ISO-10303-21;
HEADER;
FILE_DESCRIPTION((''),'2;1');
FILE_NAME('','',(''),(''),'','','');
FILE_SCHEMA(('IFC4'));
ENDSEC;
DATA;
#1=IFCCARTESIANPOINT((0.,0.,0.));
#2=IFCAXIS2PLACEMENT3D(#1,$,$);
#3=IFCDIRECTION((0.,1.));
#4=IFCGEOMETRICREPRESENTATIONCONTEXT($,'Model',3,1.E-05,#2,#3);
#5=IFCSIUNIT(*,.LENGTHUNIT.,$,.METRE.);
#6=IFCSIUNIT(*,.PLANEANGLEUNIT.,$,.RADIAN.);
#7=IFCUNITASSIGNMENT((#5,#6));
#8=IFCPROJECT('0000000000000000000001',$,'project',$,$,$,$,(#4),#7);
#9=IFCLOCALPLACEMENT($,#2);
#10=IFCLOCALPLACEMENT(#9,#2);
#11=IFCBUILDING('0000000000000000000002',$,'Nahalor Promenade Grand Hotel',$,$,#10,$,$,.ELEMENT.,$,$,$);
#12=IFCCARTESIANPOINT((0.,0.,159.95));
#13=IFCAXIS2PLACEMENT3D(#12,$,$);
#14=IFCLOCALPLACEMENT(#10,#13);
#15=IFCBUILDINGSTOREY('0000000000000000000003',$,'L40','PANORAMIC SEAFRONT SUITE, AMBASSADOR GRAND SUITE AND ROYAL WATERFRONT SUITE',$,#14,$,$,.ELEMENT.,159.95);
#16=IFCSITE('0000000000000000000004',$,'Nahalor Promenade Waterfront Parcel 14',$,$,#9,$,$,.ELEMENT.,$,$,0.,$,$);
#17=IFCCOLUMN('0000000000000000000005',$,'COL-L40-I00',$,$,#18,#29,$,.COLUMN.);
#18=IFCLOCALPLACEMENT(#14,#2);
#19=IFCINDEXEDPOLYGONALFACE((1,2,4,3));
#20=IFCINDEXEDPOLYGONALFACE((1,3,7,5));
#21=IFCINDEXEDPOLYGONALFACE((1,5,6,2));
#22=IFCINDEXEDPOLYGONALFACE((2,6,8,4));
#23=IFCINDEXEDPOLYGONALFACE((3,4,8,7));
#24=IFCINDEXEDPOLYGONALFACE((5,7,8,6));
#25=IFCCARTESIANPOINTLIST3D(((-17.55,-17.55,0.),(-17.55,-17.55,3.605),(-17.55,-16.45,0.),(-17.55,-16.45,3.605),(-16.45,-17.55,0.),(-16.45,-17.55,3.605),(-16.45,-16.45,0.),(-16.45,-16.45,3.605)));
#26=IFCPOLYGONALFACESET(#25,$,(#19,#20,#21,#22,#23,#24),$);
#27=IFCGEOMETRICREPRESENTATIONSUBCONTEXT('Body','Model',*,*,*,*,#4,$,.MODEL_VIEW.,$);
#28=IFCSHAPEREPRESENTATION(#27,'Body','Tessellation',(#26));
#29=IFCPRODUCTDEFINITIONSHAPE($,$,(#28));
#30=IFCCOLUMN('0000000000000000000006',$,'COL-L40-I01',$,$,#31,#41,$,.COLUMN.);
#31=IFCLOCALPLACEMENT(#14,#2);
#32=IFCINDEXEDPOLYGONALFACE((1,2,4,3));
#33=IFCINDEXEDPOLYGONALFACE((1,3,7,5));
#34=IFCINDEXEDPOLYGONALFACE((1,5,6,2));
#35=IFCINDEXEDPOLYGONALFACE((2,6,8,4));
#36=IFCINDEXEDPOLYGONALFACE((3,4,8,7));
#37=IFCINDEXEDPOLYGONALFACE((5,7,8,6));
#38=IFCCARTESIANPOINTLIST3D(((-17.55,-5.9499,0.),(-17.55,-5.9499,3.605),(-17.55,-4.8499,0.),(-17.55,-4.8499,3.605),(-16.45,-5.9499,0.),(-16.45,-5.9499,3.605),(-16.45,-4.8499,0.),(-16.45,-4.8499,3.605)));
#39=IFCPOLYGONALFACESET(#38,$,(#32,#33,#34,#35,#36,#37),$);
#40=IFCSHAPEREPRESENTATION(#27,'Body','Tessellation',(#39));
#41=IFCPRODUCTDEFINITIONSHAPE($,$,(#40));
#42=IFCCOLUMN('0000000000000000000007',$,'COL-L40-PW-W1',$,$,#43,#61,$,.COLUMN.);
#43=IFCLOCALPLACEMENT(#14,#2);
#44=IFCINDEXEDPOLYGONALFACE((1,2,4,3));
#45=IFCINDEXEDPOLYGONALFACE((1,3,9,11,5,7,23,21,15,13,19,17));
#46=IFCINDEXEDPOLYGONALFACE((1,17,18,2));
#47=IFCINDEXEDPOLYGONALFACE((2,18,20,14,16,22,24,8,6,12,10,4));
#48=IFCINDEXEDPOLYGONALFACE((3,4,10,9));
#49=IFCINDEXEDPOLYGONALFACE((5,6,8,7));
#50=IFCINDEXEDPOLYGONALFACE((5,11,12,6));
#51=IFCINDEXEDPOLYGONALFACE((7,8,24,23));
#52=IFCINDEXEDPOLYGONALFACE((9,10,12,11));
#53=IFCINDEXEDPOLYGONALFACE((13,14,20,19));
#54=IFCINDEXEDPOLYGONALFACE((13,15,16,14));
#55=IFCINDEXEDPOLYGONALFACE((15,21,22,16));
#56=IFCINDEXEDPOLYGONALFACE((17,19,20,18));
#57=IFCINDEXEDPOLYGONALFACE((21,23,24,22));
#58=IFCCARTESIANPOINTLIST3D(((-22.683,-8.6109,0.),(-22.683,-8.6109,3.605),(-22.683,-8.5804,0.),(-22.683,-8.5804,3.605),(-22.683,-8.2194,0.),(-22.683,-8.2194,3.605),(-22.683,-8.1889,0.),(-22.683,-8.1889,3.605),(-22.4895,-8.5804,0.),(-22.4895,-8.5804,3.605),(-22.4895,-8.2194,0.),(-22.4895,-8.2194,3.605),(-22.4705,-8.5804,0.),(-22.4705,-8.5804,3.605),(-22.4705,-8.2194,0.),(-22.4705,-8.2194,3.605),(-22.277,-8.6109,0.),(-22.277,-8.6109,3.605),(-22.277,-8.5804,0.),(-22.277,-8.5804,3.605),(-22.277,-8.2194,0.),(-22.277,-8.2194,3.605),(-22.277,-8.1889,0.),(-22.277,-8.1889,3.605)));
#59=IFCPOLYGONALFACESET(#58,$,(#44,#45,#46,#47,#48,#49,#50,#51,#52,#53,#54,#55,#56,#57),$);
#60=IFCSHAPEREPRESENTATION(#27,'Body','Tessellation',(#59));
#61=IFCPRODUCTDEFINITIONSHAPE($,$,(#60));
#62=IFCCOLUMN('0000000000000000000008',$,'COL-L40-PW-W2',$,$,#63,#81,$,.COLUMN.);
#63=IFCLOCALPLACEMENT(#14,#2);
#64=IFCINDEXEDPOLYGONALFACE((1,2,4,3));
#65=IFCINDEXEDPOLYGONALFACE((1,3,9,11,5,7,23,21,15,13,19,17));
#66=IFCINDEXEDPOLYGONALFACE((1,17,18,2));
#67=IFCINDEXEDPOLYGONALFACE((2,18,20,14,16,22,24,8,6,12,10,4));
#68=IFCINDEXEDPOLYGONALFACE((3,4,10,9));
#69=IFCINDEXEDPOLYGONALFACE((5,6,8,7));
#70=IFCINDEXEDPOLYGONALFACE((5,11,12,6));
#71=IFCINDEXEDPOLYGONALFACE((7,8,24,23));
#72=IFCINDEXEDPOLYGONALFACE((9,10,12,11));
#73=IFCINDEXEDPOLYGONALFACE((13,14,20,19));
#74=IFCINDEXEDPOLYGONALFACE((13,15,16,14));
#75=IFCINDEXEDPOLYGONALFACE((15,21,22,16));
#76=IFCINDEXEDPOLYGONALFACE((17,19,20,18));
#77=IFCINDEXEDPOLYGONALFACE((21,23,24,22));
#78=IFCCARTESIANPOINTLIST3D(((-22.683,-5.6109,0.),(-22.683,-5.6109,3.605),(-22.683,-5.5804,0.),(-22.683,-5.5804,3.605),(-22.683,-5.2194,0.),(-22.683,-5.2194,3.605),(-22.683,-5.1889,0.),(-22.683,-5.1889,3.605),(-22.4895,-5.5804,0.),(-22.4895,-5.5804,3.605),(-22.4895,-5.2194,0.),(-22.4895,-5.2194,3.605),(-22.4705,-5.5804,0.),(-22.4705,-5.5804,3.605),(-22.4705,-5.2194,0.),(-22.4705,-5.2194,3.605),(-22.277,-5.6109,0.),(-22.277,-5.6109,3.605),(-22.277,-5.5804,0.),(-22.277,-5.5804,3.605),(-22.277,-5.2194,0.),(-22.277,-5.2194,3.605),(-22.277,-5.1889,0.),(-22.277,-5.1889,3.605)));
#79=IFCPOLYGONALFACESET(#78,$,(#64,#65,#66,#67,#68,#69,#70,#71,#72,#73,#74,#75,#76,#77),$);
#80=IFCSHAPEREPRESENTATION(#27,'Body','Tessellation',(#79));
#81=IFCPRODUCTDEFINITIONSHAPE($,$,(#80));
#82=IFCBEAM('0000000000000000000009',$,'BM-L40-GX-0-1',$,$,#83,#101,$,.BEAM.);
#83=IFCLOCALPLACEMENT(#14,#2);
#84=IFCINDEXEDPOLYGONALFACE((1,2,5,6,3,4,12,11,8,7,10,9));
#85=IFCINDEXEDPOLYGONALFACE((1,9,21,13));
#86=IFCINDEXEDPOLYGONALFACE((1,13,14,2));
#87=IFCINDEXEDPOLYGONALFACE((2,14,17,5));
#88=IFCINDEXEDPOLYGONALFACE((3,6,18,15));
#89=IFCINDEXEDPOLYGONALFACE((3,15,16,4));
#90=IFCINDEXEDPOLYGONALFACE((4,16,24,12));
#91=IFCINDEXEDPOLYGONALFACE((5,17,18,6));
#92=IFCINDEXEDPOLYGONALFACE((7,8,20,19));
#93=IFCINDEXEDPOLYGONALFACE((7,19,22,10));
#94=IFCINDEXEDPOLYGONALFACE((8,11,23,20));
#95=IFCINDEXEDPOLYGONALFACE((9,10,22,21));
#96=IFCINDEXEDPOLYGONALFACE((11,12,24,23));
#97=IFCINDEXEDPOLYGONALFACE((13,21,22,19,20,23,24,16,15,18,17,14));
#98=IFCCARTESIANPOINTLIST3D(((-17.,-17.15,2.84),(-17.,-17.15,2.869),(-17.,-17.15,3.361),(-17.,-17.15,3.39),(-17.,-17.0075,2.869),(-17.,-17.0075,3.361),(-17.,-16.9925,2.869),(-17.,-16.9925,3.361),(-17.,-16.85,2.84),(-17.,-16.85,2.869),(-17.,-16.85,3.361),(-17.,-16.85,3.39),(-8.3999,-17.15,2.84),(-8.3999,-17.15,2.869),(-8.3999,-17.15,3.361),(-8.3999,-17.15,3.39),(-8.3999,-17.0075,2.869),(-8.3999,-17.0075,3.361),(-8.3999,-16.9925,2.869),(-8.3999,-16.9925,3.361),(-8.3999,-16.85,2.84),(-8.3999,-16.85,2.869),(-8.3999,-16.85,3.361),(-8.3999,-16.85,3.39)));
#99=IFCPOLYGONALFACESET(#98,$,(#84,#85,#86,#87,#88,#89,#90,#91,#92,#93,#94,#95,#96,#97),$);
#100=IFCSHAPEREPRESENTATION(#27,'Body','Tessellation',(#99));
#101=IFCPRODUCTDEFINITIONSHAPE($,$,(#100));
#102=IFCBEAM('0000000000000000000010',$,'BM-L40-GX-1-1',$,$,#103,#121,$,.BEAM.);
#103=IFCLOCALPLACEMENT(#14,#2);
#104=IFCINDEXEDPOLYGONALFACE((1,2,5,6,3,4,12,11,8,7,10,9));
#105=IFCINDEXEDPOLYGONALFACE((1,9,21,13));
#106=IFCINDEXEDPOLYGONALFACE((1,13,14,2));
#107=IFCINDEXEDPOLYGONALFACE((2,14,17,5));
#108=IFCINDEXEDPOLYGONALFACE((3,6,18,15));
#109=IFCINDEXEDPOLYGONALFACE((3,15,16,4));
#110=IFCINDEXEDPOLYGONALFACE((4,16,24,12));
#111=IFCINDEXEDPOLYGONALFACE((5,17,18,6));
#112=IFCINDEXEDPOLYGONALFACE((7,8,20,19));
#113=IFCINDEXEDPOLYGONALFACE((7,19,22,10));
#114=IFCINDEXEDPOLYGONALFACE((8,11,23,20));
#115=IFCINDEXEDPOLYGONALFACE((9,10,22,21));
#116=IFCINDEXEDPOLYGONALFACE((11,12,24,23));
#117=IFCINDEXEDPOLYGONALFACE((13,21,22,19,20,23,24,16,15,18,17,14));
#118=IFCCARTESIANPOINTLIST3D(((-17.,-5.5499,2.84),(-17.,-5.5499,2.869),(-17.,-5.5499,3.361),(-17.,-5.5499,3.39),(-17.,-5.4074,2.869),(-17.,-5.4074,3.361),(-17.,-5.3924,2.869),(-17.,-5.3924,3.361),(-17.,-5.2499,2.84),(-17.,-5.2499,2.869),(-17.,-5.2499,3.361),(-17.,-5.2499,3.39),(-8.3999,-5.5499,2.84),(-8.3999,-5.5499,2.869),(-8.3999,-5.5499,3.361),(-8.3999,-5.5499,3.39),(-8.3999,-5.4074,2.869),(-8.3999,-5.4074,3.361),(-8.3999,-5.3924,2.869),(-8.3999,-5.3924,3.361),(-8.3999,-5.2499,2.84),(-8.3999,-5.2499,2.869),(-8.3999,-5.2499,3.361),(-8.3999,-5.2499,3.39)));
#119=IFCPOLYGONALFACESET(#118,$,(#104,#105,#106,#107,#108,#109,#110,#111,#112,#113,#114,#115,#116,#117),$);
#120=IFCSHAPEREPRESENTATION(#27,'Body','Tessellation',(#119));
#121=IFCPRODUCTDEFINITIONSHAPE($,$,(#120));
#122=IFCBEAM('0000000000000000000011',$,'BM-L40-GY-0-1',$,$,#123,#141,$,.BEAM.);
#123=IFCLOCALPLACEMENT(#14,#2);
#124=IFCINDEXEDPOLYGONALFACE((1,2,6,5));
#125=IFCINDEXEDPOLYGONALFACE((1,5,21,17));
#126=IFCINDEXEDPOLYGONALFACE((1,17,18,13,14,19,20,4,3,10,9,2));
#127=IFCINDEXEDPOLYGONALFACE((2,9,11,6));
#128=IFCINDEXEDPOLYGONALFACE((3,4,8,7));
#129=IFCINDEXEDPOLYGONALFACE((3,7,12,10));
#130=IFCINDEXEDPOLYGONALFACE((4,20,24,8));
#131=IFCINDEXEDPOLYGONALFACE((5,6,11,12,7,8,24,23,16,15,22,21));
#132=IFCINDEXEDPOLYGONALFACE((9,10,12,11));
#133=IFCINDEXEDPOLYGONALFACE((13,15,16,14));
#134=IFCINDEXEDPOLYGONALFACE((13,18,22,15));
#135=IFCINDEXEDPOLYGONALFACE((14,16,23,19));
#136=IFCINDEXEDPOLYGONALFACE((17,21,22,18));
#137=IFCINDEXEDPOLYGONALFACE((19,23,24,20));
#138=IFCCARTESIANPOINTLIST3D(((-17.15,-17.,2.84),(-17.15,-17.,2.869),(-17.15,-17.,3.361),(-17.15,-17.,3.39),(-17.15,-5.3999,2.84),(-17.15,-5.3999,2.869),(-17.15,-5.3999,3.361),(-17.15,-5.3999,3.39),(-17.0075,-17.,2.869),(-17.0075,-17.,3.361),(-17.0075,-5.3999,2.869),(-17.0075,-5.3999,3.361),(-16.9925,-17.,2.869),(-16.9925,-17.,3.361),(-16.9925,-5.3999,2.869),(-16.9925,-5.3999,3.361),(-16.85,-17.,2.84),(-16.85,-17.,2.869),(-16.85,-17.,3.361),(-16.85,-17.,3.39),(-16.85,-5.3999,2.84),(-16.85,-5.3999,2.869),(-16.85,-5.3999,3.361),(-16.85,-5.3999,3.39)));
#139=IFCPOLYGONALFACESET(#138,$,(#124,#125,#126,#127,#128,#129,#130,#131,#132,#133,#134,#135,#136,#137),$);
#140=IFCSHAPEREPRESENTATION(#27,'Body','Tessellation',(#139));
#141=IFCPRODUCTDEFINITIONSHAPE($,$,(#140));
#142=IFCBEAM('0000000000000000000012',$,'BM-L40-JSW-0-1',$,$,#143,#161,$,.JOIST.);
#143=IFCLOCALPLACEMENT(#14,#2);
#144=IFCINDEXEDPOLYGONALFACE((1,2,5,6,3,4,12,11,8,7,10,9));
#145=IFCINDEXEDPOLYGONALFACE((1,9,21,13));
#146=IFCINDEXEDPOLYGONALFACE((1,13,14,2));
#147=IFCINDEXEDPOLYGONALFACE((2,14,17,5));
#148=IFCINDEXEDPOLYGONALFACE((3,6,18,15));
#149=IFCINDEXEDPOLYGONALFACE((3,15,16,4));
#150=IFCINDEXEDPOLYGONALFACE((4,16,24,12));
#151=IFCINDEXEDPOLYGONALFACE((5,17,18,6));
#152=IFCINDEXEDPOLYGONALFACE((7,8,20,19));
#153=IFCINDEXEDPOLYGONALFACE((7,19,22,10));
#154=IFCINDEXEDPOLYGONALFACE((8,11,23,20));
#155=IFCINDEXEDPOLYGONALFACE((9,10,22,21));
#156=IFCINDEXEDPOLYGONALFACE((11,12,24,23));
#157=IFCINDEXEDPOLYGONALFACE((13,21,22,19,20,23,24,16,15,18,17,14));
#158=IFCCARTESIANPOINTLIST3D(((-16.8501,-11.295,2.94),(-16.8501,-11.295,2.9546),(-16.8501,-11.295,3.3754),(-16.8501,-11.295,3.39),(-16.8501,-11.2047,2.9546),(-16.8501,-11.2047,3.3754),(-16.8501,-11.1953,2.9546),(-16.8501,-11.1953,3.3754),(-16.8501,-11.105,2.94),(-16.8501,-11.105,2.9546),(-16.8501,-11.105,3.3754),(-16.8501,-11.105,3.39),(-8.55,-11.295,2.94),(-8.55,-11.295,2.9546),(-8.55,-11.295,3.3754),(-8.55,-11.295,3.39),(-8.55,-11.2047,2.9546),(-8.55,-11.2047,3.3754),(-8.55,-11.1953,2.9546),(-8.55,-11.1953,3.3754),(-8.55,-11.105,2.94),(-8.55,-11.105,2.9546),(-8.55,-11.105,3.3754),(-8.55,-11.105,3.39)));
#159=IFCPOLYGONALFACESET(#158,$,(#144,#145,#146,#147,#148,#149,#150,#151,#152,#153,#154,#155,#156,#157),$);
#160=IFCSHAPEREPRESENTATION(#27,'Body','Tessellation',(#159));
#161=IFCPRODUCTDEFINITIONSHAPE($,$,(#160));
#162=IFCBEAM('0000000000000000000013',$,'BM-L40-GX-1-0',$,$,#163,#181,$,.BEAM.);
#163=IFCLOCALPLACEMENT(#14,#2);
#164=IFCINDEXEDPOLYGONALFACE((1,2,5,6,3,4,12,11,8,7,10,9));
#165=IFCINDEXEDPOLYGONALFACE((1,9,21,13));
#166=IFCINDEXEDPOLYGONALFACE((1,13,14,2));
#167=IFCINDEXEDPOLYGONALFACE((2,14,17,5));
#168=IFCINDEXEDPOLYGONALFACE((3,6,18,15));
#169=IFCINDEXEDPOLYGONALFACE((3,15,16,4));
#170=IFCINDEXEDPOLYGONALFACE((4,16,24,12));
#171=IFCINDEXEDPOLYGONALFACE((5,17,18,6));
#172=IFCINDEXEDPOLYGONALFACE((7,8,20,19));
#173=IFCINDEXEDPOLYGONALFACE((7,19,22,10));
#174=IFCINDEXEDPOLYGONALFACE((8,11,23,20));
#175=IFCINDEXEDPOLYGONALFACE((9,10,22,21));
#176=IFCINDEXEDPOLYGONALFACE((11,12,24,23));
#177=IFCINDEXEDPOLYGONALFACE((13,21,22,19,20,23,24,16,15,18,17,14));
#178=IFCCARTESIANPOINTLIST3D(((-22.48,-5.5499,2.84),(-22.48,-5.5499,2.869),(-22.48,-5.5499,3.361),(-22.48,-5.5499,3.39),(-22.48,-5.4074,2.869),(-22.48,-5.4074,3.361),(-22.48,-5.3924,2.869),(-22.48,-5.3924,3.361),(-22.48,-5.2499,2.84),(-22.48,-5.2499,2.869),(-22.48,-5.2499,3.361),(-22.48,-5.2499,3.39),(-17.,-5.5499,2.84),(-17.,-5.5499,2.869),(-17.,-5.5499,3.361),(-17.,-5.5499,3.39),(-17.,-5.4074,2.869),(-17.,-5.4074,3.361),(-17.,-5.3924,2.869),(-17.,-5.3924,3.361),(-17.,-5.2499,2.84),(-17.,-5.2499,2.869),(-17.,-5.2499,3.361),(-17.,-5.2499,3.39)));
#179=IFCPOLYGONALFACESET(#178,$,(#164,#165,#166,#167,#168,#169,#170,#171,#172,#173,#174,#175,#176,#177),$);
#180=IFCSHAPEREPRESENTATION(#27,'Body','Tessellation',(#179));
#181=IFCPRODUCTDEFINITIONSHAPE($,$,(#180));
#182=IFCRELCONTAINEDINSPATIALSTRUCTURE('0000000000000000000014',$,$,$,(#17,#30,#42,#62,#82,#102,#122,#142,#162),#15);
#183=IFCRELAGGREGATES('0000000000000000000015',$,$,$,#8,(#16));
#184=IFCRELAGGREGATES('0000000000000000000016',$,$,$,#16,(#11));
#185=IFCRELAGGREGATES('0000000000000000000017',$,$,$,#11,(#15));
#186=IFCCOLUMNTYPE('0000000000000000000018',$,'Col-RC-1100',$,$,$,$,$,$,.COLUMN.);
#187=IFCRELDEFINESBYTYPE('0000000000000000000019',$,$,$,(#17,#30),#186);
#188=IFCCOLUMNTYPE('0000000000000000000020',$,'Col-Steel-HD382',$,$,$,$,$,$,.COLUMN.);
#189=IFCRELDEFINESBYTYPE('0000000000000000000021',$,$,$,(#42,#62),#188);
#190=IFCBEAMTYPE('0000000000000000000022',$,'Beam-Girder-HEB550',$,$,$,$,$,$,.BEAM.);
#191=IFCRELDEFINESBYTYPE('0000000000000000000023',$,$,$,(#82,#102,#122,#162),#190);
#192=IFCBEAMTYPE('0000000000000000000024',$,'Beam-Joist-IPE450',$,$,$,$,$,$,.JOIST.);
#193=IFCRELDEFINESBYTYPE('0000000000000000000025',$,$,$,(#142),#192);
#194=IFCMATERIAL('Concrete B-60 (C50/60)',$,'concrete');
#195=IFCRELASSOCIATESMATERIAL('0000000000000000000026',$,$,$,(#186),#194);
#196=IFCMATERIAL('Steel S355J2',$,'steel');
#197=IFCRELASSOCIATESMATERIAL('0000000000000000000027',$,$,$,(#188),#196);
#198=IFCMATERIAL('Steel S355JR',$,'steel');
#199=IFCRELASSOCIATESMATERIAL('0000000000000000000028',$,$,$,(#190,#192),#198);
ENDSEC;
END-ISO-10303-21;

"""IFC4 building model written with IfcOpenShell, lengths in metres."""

from ifc_helpers import new_model, si_unit, direction, frame, origin, origin_2d, place, context, subcontext, project, spatial, rectangle, i_section, extrude, source, transform, mapped, material, material_profile, profile_set, type_object, element, save


model = new_model("IFC4")

# Units and contexts
model_context = context("Model", 3, precision=1e-05, world=origin(), true_north=direction((0.0, 1.0)))
body_context = subcontext(model_context, "Body", "Model", "MODEL_VIEW")
ifc_project = project(units=[si_unit("LENGTHUNIT", "METRE"), si_unit("PLANEANGLEUNIT", "RADIAN")], contexts=[model_context])

# Site, building, storey
site_placement = place(None, origin())
site = spatial("IfcSite", under=ifc_project, at=site_placement, Name="Nahalor Promenade Waterfront Parcel 14", CompositionType="ELEMENT", RefElevation=0.0)
building_placement = place(site_placement, origin())
building = spatial("IfcBuilding", under=site, at=building_placement, Name="Nahalor Promenade Grand Hotel", CompositionType="ELEMENT")
storey_placement = place(building_placement, frame((0.0, 0.0, 159.95)))
storey = spatial("IfcBuildingStorey", under=building, at=storey_placement, Name="L40", Description="PANORAMIC SEAFRONT SUITE, AMBASSADOR GRAND SUITE AND ROYAL WATERFRONT SUITE", CompositionType="ELEMENT", Elevation=159.95)

# Columns
ifc_material_1 = material(Name="Concrete B-60 (C50/60)", Category="concrete")
ifc_material_profile_1 = material_profile(ifc_material_1, rectangle(XDim=1.1, YDim=1.1, at=origin_2d()), Name="RC 1100x1100")
ifc_profile_set_1 = profile_set([ifc_material_profile_1], Name="Concrete B-60 (C50/60)")
column_type_1 = type_object("IfcColumnType", Name="Col-RC-1100", PredefinedType="COLUMN", material=ifc_profile_set_1)
shared_shape_1 = source(origin(), body_context, "Body", "SweptSolid", [
    extrude(rectangle(XDim=1.1, YDim=1.1, at=origin_2d()), origin(), (0.0, 0.0, 1.0), 3.605),
])
for number, where, z_axis, x_axis, name in (
    (1, (-17.0, -17.0, 0.0), (0.0, 0.0, 1.0), (1.0, 0.0, 0.0), "COL-L40-I00"),
    (2, (-17.0, -5.3999, 0.0), (0.0, 0.0, 1.0), (1.0, 0.0, 0.0), "COL-L40-I01"),
):
    element("IfcColumn", number, at=place(storey_placement, frame(where, z_axis=z_axis, x_axis=x_axis)), inside=storey, type_object=column_type_1, Name=name, PredefinedType="COLUMN", context=body_context, shape_type="MappedRepresentation", body=[
        mapped(shared_shape_1, transform((0.0, 0.0, 0.0), scale=1.0)),
    ])
ifc_material_2 = material(Name="Steel S355J2", Category="steel")
ifc_material_profile_2 = material_profile(ifc_material_2, i_section(OverallWidth=0.406, OverallDepth=0.422, WebThickness=0.019, FlangeThickness=0.0305, at=origin_2d()), Name="HD 400x382")
ifc_profile_set_2 = profile_set([ifc_material_profile_2], Name="Steel S355J2")
column_type_2 = type_object("IfcColumnType", Name="Col-Steel-HD382", PredefinedType="COLUMN", material=ifc_profile_set_2)
shared_shape_2 = source(origin(), body_context, "Body", "SweptSolid", [
    extrude(i_section(OverallWidth=0.406, OverallDepth=0.422, WebThickness=0.019, FlangeThickness=0.0305, at=origin_2d()), origin(), (0.0, 0.0, 1.0), 3.605),
])
for number, where, z_axis, x_axis, name in (
    (3, (-22.48, -8.3999, 0.0), (0.0, 0.0, 1.0), (1.0, 0.0, 0.0), "COL-L40-PW-W1"),
    (4, (-22.48, -5.3999, 0.0), (0.0, 0.0, 1.0), (1.0, 0.0, 0.0), "COL-L40-PW-W2"),
):
    element("IfcColumn", number, at=place(storey_placement, frame(where, z_axis=z_axis, x_axis=x_axis)), inside=storey, type_object=column_type_2, Name=name, PredefinedType="COLUMN", context=body_context, shape_type="MappedRepresentation", body=[
        mapped(shared_shape_2, transform((0.0, 0.0, 0.0), scale=1.0)),
    ])

# Beams
ifc_material_3 = material(Name="Steel S355JR", Category="steel")
ifc_material_profile_3 = material_profile(ifc_material_3, i_section(OverallWidth=0.3, OverallDepth=0.55, WebThickness=0.015, FlangeThickness=0.029, at=origin_2d()), Name="HEB 550")
ifc_profile_set_3 = profile_set([ifc_material_profile_3], Name="Steel S355JR")
beam_type_1 = type_object("IfcBeamType", Name="Beam-Girder-HEB550", PredefinedType="BEAM", material=ifc_profile_set_3)
shared_shape_3 = source(origin(), body_context, "Body", "SweptSolid", [
    extrude(i_section(OverallWidth=0.3, OverallDepth=0.55, WebThickness=0.015, FlangeThickness=0.029, at=origin_2d()), origin(), (0.0, 0.0, 1.0), 8.6001),
])
for number, where, z_axis, x_axis, name in (
    (5, (-17.0, -17.0, 3.115), (1.0, 0.0, 0.0), (0.0, 1.0, 0.0), "BM-L40-GX-0-1"),
    (6, (-17.0, -5.3999, 3.115), (1.0, 0.0, 0.0), (0.0, 1.0, 0.0), "BM-L40-GX-1-1"),
):
    element("IfcBeam", number, at=place(storey_placement, frame(where, z_axis=z_axis, x_axis=x_axis)), inside=storey, type_object=beam_type_1, Name=name, PredefinedType="BEAM", context=body_context, shape_type="MappedRepresentation", body=[
        mapped(shared_shape_3, transform((0.0, 0.0, 0.0), scale=1.0)),
    ])
shared_shape_4 = source(origin(), body_context, "Body", "SweptSolid", [
    extrude(i_section(OverallWidth=0.3, OverallDepth=0.55, WebThickness=0.015, FlangeThickness=0.029, at=origin_2d()), origin(), (0.0, 0.0, 1.0), 11.6001),
])
beam_1_placement = place(storey_placement, frame((-17.0, -17.0, 3.115), z_axis=(0.0, 1.0, 0.0), x_axis=(-1.0, 0.0, 0.0)))
element("IfcBeam", 7, at=beam_1_placement, inside=storey, type_object=beam_type_1, Name="BM-L40-GY-0-1", PredefinedType="BEAM", context=body_context, shape_type="MappedRepresentation", body=[
    mapped(shared_shape_4, transform((0.0, 0.0, 0.0), scale=1.0)),
])
ifc_material_profile_4 = material_profile(ifc_material_3, i_section(OverallWidth=0.19, OverallDepth=0.45, WebThickness=0.0094, FlangeThickness=0.0146, at=origin_2d()), Name="IPE 450")
ifc_profile_set_4 = profile_set([ifc_material_profile_4], Name="Steel S355JR")
beam_type_2 = type_object("IfcBeamType", Name="Beam-Joist-IPE450", PredefinedType="JOIST", material=ifc_profile_set_4)
shared_shape_5 = source(origin(), body_context, "Body", "SweptSolid", [
    extrude(i_section(OverallWidth=0.19, OverallDepth=0.45, WebThickness=0.0094, FlangeThickness=0.0146, at=origin_2d()), origin(), (0.0, 0.0, 1.0), 8.3),
])
beam_2_placement = place(storey_placement, frame((-16.8501, -11.2, 3.165), z_axis=(1.0, 0.0, 0.0), x_axis=(0.0, 1.0, 0.0)))
element("IfcBeam", 8, at=beam_2_placement, inside=storey, type_object=beam_type_2, Name="BM-L40-JSW-0-1", PredefinedType="JOIST", context=body_context, shape_type="MappedRepresentation", body=[
    mapped(shared_shape_5, transform((0.0, 0.0, 0.0), scale=1.0)),
])
shared_shape_6 = source(origin(), body_context, "Body", "SweptSolid", [
    extrude(i_section(OverallWidth=0.3, OverallDepth=0.55, WebThickness=0.015, FlangeThickness=0.029, at=origin_2d()), origin(), (0.0, 0.0, 1.0), 5.48),
])
beam_3_placement = place(storey_placement, frame((-22.48, -5.3999, 3.115), z_axis=(1.0, 0.0, 0.0), x_axis=(0.0, 1.0, 0.0)))
element("IfcBeam", 9, at=beam_3_placement, inside=storey, type_object=beam_type_1, Name="BM-L40-GX-1-0", PredefinedType="BEAM", context=body_context, shape_type="MappedRepresentation", body=[
    mapped(shared_shape_6, transform((0.0, 0.0, 0.0), scale=1.0)),
])

save(model, "model.ifc")
